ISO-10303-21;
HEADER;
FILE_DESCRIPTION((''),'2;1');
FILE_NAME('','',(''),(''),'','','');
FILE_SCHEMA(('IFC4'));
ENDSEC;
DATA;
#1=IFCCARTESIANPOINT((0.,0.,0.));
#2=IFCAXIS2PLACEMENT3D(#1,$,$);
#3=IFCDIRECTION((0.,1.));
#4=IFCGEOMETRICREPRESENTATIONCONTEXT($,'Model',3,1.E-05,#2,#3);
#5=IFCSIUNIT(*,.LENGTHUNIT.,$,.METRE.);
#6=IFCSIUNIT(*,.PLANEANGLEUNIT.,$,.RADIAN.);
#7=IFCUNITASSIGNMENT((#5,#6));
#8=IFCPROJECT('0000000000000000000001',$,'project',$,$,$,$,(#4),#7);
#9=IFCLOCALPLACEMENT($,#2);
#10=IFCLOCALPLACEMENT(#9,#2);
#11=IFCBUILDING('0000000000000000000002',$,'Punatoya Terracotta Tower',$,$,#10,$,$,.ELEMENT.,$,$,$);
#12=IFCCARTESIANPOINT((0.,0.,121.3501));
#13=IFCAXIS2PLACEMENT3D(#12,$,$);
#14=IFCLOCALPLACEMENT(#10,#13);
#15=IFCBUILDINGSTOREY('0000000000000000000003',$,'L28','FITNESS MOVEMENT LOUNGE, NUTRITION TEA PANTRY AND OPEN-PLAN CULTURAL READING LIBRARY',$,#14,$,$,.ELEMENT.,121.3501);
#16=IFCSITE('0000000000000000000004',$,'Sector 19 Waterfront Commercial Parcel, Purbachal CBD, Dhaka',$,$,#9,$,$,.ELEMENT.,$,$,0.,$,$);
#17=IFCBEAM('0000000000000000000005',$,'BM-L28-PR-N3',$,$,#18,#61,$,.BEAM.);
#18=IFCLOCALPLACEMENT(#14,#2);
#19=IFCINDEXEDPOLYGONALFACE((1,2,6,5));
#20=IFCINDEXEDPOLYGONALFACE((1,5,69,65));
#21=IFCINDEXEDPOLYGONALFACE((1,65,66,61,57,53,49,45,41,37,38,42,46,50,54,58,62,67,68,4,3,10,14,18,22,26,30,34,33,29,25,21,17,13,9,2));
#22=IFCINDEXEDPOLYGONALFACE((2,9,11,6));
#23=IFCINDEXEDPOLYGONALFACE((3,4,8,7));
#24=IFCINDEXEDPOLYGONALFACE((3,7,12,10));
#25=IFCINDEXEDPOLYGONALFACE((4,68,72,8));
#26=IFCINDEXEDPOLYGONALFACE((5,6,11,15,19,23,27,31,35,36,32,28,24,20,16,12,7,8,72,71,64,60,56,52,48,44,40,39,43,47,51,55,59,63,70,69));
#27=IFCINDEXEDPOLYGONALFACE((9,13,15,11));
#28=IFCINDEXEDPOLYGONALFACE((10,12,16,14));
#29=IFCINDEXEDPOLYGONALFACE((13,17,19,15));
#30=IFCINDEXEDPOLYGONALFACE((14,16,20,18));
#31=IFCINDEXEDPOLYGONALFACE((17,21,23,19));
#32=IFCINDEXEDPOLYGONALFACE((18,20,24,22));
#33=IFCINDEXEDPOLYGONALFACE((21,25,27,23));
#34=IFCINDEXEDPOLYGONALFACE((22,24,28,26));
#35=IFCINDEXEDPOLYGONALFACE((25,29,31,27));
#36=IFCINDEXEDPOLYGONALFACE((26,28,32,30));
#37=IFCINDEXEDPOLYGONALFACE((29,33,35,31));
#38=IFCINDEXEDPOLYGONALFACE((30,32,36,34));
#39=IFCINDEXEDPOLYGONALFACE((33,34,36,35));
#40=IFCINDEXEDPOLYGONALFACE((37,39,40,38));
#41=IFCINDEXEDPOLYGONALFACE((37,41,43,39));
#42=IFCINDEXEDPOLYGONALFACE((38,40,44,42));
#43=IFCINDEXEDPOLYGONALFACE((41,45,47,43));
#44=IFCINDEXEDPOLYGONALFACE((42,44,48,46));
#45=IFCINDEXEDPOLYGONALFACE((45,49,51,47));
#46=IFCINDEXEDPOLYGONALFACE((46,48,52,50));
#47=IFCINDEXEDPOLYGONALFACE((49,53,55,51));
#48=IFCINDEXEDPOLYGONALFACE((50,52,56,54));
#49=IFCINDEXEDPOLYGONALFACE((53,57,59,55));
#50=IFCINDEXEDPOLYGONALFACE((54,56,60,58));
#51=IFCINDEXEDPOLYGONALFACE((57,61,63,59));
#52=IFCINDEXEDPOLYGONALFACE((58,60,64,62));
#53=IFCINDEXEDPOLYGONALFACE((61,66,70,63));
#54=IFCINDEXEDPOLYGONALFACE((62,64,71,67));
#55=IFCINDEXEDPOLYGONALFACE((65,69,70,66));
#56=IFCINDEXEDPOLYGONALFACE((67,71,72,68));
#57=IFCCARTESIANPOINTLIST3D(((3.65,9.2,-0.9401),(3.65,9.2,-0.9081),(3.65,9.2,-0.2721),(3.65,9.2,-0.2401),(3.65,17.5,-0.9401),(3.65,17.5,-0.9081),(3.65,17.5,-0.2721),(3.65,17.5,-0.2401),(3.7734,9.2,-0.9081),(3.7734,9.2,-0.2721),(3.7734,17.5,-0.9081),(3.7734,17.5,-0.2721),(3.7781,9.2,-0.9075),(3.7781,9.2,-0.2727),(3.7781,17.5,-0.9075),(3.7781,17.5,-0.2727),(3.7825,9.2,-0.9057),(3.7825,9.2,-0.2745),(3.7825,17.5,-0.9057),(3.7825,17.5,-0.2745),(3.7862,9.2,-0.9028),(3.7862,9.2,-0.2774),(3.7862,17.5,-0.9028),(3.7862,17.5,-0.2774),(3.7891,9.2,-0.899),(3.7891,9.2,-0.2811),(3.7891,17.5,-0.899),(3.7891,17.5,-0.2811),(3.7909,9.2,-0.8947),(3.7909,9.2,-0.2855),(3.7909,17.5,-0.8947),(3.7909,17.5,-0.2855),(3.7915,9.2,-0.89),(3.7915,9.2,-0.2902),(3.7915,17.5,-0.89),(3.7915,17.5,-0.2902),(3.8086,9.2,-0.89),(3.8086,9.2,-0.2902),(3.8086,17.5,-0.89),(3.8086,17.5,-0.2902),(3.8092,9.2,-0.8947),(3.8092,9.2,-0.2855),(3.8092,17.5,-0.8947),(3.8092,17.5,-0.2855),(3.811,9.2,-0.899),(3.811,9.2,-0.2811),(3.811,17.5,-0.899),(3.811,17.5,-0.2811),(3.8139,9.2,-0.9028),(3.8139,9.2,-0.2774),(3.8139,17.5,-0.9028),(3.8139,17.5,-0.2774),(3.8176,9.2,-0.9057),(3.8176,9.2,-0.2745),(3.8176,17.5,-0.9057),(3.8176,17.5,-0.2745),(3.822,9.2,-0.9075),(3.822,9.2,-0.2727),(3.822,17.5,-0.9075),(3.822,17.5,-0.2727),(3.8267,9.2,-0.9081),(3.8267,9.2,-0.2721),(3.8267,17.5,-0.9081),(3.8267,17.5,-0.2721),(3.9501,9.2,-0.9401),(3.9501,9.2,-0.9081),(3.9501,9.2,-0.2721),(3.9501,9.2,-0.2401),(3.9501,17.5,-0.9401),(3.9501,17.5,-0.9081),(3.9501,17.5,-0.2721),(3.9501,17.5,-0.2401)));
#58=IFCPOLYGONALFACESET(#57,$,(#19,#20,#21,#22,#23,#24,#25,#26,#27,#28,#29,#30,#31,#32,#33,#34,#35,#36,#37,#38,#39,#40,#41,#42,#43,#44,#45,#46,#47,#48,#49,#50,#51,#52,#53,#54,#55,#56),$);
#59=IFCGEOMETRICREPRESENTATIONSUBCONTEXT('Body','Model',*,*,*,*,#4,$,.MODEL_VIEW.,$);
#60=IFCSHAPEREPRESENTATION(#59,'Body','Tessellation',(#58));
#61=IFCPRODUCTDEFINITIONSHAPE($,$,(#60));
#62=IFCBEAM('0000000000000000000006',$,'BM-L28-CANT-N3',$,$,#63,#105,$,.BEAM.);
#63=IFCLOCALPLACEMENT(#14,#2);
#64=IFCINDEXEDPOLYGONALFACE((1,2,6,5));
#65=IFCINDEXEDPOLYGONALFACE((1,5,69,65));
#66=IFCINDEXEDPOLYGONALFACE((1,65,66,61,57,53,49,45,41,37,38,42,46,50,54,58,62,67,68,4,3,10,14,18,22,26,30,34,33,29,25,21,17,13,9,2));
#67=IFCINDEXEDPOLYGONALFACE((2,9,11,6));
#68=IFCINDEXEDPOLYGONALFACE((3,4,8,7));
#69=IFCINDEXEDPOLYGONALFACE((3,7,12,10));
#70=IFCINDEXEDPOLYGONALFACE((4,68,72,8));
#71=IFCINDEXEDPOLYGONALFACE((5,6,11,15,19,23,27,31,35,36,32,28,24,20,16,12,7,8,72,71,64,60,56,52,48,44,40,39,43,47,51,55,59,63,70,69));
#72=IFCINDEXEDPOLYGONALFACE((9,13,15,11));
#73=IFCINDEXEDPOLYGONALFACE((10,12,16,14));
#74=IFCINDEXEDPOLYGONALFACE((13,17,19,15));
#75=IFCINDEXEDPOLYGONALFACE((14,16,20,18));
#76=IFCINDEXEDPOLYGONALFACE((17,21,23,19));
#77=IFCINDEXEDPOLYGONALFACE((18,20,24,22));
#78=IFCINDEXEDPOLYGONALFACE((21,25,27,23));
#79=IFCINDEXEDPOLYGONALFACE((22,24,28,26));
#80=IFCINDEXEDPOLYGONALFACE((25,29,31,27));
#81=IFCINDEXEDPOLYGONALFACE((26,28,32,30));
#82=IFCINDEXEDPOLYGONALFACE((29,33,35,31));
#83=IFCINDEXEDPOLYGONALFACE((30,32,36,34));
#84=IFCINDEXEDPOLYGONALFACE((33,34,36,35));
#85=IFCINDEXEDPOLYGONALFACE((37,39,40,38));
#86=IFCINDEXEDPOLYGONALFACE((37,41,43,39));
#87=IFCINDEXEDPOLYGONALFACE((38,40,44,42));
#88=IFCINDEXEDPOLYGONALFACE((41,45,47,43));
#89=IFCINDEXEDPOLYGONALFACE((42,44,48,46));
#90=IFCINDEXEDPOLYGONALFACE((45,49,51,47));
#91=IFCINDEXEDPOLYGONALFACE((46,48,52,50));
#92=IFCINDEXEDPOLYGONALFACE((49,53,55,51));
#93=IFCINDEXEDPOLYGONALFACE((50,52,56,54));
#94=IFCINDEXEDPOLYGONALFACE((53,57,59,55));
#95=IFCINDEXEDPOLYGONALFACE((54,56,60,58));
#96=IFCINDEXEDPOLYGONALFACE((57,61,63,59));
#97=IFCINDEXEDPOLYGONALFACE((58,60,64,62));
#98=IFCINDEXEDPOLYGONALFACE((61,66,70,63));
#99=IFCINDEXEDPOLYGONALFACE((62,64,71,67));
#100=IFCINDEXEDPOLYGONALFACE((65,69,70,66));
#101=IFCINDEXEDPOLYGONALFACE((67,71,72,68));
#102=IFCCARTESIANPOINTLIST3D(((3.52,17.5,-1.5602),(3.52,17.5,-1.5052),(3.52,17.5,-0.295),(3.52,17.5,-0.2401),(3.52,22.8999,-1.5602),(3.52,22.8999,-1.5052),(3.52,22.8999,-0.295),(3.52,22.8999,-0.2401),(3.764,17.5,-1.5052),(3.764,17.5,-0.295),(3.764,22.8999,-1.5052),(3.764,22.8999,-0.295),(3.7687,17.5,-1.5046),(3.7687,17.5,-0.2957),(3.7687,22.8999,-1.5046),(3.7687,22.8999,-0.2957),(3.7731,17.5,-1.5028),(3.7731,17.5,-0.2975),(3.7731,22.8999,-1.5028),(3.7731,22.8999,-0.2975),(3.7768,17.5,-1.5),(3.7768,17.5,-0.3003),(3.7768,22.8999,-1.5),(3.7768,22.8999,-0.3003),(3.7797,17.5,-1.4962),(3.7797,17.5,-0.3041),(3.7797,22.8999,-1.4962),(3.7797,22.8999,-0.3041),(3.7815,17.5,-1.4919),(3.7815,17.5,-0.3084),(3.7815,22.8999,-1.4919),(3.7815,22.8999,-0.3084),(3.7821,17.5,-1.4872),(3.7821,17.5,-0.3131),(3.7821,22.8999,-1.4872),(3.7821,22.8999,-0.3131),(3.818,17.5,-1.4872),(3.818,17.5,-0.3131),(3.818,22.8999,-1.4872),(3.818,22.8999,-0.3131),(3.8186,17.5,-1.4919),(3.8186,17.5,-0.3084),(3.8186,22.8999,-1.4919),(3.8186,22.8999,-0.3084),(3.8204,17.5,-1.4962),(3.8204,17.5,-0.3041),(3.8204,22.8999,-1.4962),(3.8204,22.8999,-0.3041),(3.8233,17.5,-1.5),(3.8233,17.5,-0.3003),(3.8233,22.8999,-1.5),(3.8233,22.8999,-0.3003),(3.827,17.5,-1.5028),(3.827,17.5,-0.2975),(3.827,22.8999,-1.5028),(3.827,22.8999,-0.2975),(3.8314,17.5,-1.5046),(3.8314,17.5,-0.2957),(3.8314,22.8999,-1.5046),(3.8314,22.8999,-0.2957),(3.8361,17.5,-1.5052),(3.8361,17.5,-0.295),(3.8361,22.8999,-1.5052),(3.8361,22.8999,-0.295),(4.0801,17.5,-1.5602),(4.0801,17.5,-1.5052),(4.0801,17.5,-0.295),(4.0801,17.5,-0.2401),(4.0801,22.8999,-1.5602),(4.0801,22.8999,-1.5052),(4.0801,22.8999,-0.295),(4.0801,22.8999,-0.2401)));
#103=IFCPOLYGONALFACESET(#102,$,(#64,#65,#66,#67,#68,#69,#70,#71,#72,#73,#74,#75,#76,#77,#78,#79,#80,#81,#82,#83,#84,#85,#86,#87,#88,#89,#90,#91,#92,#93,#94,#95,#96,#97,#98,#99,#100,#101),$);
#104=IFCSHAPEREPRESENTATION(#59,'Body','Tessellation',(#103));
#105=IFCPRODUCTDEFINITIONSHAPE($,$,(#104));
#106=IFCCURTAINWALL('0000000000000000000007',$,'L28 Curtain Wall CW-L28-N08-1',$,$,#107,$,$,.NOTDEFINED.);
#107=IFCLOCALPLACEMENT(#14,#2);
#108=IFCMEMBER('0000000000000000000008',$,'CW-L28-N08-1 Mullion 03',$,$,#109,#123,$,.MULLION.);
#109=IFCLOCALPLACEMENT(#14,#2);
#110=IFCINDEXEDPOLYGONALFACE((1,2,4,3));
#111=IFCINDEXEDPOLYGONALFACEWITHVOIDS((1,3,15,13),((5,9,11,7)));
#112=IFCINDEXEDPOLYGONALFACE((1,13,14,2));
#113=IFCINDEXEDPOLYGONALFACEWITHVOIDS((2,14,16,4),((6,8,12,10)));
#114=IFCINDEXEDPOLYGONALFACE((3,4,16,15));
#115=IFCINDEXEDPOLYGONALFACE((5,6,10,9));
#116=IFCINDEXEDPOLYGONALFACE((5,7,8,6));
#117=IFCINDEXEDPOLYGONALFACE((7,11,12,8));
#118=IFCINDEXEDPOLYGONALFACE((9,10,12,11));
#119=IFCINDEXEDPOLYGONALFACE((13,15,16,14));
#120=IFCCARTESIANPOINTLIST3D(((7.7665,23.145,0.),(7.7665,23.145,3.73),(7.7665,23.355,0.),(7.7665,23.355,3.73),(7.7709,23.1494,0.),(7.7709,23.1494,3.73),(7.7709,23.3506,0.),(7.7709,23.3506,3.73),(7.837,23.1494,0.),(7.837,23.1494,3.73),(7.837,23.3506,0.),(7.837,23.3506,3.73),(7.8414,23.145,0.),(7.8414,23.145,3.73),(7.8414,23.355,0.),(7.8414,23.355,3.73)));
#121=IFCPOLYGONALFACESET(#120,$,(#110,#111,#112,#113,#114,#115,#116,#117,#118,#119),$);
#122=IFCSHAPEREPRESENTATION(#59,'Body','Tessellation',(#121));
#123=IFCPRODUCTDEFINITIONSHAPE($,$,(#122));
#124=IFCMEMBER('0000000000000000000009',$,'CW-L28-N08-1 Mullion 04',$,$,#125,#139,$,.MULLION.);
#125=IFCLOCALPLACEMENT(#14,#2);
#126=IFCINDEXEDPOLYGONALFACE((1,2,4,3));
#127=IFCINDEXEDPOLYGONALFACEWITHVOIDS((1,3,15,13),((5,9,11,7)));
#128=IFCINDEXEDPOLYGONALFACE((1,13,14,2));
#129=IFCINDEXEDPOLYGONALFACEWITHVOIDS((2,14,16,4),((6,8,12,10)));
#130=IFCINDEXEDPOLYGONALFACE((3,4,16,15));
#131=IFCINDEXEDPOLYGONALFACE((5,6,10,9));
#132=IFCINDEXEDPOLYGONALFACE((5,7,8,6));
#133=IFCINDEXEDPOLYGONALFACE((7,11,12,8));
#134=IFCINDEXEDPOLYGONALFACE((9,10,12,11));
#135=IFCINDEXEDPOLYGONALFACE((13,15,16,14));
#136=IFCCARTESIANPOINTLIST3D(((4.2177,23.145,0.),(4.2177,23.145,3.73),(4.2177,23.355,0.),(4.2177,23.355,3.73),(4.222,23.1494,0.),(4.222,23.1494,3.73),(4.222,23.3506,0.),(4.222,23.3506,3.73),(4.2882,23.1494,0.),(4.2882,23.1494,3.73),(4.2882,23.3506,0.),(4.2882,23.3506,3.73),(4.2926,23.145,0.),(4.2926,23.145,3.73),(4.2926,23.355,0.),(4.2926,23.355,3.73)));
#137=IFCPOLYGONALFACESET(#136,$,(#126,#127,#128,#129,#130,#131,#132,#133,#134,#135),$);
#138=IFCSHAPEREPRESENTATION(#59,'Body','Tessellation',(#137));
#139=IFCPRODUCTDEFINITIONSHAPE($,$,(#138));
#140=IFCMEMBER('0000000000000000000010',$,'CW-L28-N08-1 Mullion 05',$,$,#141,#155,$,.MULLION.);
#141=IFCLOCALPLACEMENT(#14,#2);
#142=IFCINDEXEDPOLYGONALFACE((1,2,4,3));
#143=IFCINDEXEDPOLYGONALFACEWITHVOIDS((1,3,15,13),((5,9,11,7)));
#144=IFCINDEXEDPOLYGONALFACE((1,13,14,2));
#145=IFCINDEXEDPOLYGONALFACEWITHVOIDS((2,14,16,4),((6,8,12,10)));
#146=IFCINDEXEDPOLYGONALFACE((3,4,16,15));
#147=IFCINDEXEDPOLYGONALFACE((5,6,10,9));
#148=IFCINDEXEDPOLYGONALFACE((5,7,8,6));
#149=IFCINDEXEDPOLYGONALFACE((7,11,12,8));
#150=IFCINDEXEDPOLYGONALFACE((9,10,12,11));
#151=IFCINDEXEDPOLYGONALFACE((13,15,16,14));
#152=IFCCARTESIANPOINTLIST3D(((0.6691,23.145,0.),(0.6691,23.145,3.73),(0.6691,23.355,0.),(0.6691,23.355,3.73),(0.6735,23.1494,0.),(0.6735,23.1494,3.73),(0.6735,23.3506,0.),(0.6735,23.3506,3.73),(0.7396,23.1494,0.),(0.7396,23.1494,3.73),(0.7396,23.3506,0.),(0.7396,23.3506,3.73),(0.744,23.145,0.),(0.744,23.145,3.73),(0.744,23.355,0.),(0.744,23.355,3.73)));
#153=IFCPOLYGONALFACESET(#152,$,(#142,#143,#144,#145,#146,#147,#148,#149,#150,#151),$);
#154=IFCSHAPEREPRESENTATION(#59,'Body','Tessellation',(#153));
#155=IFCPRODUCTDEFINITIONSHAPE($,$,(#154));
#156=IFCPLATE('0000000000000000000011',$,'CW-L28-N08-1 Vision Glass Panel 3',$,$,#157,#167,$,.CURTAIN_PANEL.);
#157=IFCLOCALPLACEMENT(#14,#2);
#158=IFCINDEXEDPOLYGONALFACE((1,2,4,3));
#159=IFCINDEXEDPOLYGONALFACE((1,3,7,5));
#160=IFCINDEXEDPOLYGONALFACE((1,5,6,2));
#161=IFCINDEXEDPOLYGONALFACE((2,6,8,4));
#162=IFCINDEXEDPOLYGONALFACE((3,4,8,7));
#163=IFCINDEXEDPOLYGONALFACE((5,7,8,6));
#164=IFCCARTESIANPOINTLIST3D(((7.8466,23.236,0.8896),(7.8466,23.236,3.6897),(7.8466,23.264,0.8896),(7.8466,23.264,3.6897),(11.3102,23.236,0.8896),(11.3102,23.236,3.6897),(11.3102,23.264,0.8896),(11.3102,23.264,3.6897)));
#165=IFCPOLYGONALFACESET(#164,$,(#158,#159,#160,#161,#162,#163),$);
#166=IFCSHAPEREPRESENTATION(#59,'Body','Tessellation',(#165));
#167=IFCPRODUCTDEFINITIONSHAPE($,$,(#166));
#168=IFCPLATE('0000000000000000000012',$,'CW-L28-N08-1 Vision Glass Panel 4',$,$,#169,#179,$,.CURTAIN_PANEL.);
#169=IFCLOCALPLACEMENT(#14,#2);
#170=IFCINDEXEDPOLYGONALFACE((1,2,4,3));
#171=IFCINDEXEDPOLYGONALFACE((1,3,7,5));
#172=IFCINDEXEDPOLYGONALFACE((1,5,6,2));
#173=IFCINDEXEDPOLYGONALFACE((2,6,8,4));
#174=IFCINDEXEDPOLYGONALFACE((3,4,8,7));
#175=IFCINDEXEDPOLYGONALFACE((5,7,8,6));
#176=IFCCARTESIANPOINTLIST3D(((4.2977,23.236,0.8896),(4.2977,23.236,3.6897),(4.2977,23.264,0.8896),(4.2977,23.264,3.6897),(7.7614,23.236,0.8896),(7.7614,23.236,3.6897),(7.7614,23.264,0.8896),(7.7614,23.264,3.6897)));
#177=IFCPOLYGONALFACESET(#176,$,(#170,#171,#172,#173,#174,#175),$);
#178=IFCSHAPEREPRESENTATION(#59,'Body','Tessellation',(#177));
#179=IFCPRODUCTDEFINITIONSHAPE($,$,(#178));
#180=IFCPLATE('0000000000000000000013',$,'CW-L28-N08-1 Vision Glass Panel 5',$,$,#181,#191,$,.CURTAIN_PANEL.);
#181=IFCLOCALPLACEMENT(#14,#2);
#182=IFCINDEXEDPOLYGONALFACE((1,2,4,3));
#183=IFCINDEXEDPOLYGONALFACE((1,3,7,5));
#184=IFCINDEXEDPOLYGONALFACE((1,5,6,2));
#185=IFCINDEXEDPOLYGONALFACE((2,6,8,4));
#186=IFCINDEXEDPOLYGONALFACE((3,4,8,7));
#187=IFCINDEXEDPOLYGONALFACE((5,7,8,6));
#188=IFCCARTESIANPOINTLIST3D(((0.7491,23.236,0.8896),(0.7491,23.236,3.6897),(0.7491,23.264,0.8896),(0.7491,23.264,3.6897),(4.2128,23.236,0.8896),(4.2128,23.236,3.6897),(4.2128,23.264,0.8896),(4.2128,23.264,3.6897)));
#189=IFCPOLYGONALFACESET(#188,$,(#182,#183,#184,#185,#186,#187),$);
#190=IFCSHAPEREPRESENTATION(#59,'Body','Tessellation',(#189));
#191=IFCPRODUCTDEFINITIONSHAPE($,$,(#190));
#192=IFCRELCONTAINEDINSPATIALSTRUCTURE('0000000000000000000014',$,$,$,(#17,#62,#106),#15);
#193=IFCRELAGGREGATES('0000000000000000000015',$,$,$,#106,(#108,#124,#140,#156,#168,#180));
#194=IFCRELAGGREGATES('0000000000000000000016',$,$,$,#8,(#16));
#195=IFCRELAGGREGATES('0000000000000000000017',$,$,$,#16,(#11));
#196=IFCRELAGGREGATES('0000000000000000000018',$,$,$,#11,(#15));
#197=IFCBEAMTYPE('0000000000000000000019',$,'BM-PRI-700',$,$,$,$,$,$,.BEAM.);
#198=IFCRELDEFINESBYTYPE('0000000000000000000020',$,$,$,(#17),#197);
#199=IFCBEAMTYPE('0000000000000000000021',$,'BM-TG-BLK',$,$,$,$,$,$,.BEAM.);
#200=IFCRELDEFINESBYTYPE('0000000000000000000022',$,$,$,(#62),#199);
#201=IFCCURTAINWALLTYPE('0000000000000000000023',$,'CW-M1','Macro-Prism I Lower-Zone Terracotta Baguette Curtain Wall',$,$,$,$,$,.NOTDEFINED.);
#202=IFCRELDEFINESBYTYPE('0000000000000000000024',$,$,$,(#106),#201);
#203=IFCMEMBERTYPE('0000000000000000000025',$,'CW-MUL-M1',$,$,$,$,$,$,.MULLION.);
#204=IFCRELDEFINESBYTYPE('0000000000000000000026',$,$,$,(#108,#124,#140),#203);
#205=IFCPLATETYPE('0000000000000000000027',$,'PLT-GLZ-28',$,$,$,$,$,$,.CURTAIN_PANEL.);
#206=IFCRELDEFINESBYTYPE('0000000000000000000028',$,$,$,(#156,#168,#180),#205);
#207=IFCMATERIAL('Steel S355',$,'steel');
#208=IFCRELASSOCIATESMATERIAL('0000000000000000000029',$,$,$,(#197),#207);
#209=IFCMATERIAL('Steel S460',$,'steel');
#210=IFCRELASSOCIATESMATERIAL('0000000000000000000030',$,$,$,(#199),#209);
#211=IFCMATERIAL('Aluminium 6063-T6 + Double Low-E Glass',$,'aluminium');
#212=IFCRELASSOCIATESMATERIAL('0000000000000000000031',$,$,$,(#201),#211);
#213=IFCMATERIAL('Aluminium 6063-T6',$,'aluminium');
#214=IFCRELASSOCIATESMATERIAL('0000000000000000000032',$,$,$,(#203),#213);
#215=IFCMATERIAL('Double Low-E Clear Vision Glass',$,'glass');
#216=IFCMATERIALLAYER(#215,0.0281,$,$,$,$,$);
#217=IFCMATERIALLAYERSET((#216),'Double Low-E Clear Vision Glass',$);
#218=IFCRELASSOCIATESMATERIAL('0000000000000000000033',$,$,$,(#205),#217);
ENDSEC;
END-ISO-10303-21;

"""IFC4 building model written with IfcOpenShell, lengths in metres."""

from ifc_helpers import new_model, si_unit, direction, frame, origin, origin_2d, place, context, subcontext, project, spatial, rectangle, hollow_rectangle, i_section, extrude, material, layer, layer_set, material_profile, profile_set, type_object, element, aggregate, save


model = new_model("IFC4")

# Units and contexts
model_context = context("Model", 3, precision=1e-05, world=origin(), true_north=direction((0.0, 1.0)))
body_context = subcontext(model_context, "Body", "Model", "MODEL_VIEW")
ifc_project = project(units=[si_unit("LENGTHUNIT", "METRE"), si_unit("PLANEANGLEUNIT", "RADIAN")], contexts=[model_context])

# Site, building, storey
site_placement = place(None, origin())
site = spatial("IfcSite", under=ifc_project, at=site_placement, Name="Sector 19 Waterfront Commercial Parcel, Purbachal CBD, Dhaka", CompositionType="ELEMENT", RefElevation=0.0)
building_placement = place(site_placement, origin())
building = spatial("IfcBuilding", under=site, at=building_placement, Name="Punatoya Terracotta Tower", CompositionType="ELEMENT")
storey_placement = place(building_placement, frame((0.0, 0.0, 121.3501)))
storey = spatial("IfcBuildingStorey", under=building, at=storey_placement, Name="L28", Description="FITNESS MOVEMENT LOUNGE, NUTRITION TEA PANTRY AND OPEN-PLAN CULTURAL READING LIBRARY", CompositionType="ELEMENT", Elevation=121.3501)

# Shared definitions
ifc_material_1 = material(Name="Steel S460", Category="steel")

# Beams
ifc_material_2 = material(Name="Steel S355", Category="steel")
ifc_material_profile_1 = material_profile(ifc_material_2, i_section(OverallWidth=0.3, OverallDepth=0.7, WebThickness=0.0171, FlangeThickness=0.032, FilletRadius=0.0181, at=origin_2d()))
ifc_profile_set_1 = profile_set([ifc_material_profile_1], Name="Steel S355")
beam_type_1 = type_object("IfcBeamType", Name="BM-PRI-700", PredefinedType="BEAM", material=ifc_profile_set_1)
beam_1_placement = place(storey_placement, frame((3.8, 9.2, -0.5901), z_axis=(0.0, 1.0, 0.0), x_axis=(-1.0, 0.0, 0.0)))
element("IfcBeam", 1, at=beam_1_placement, inside=storey, type_object=beam_type_1, Name="BM-L28-PR-N3", PredefinedType="BEAM", context=body_context, shape_type="SweptSolid", body=[
    extrude(i_section(OverallWidth=0.3, OverallDepth=0.7, WebThickness=0.0171, FlangeThickness=0.032, FilletRadius=0.0181, at=origin_2d()), origin(), (0.0, 0.0, 1.0), 8.3),
])
ifc_material_profile_2 = material_profile(ifc_material_1, i_section(OverallWidth=0.5601, OverallDepth=1.3201, WebThickness=0.0359, FlangeThickness=0.0549, FilletRadius=0.0181, at=origin_2d()))
ifc_profile_set_2 = profile_set([ifc_material_profile_2], Name="Steel S460")
beam_type_2 = type_object("IfcBeamType", Name="BM-TG-BLK", PredefinedType="BEAM", material=ifc_profile_set_2)
beam_2_placement = place(storey_placement, frame((3.8, 17.5, -0.9001), z_axis=(0.0, 1.0, 0.0), x_axis=(-1.0, 0.0, 0.0)))
element("IfcBeam", 2, at=beam_2_placement, inside=storey, type_object=beam_type_2, Name="BM-L28-CANT-N3", PredefinedType="BEAM", context=body_context, shape_type="SweptSolid", body=[
    extrude(i_section(OverallWidth=0.5601, OverallDepth=1.3201, WebThickness=0.0359, FlangeThickness=0.0549, FilletRadius=0.0181, at=origin_2d()), origin(), (0.0, 0.0, 1.0), 5.3999),
])

# Curtain wall, members, plates
ifc_material_3 = material(Name="Aluminium 6063-T6 + Double Low-E Glass", Category="aluminium")
curtain_wall_type = type_object("IfcCurtainWallType", Name="CW-M1", Description="Macro-Prism I Lower-Zone Terracotta Baguette Curtain Wall", PredefinedType="NOTDEFINED", material=ifc_material_3)
curtain_wall_placement = place(storey_placement, origin())
curtain_wall = element("IfcCurtainWall", 3, at=curtain_wall_placement, inside=storey, type_object=curtain_wall_type, Name="L28 Curtain Wall CW-L28-N08-1", PredefinedType="NOTDEFINED")
ifc_material_4 = material(Name="Aluminium 6063-T6", Category="aluminium")
ifc_material_profile_3 = material_profile(ifc_material_4, hollow_rectangle(XDim=0.075, YDim=0.21, WallThickness=0.0044, at=origin_2d()))
ifc_profile_set_3 = profile_set([ifc_material_profile_3], Name="Aluminium 6063-T6")
member_type = type_object("IfcMemberType", Name="CW-MUL-M1", PredefinedType="MULLION", material=ifc_profile_set_3)
member_1_placement = place(storey_placement, frame((7.804, 23.25, 0.0), z_axis=(0.0, 0.0, 1.0), x_axis=(1.0, 0.0, 0.0)))
member_1 = element("IfcMember", 4, at=member_1_placement, type_object=member_type, Name="CW-L28-N08-1 Mullion 03", PredefinedType="MULLION", context=body_context, shape_type="SweptSolid", body=[
    extrude(hollow_rectangle(XDim=0.075, YDim=0.21, WallThickness=0.0044, at=origin_2d()), origin(), (0.0, 0.0, 1.0), 3.73),
])
member_2_placement = place(storey_placement, frame((4.2551, 23.25, 0.0), z_axis=(0.0, 0.0, 1.0), x_axis=(1.0, 0.0, 0.0)))
member_2 = element("IfcMember", 5, at=member_2_placement, type_object=member_type, Name="CW-L28-N08-1 Mullion 04", PredefinedType="MULLION", context=body_context, shape_type="SweptSolid", body=[
    extrude(hollow_rectangle(XDim=0.075, YDim=0.21, WallThickness=0.0044, at=origin_2d()), origin(), (0.0, 0.0, 1.0), 3.73),
])
member_3_placement = place(storey_placement, frame((0.7065, 23.25, 0.0), z_axis=(0.0, 0.0, 1.0), x_axis=(1.0, 0.0, 0.0)))
member_3 = element("IfcMember", 6, at=member_3_placement, type_object=member_type, Name="CW-L28-N08-1 Mullion 05", PredefinedType="MULLION", context=body_context, shape_type="SweptSolid", body=[
    extrude(hollow_rectangle(XDim=0.075, YDim=0.21, WallThickness=0.0044, at=origin_2d()), origin(), (0.0, 0.0, 1.0), 3.73),
])
ifc_material_5 = material(Name="Double Low-E Clear Vision Glass", Category="glass")
ifc_layer_1 = layer(ifc_material_5, 0.0281)
ifc_layer_set_1 = layer_set([ifc_layer_1], Name="Double Low-E Clear Vision Glass")
plate_type_1 = type_object("IfcPlateType", Name="PLT-GLZ-28", PredefinedType="CURTAIN_PANEL", material=ifc_layer_set_1)
plate_1_placement = place(storey_placement, frame((9.5784, 23.25, 0.8896), z_axis=(0.0, 0.0, 1.0), x_axis=(-1.0, 0.0, 0.0)))
plate_1 = element("IfcPlate", 7, at=plate_1_placement, type_object=plate_type_1, Name="CW-L28-N08-1 Vision Glass Panel 3", PredefinedType="CURTAIN_PANEL", context=body_context, shape_type="SweptSolid", body=[
    extrude(rectangle(XDim=3.4636, YDim=0.0281, at=origin_2d()), origin(), (0.0, 0.0, 1.0), 2.8),
])
plate_2_placement = place(storey_placement, frame((6.0295, 23.25, 0.8896), z_axis=(0.0, 0.0, 1.0), x_axis=(-1.0, 0.0, 0.0)))
plate_2 = element("IfcPlate", 8, at=plate_2_placement, type_object=plate_type_1, Name="CW-L28-N08-1 Vision Glass Panel 4", PredefinedType="CURTAIN_PANEL", context=body_context, shape_type="SweptSolid", body=[
    extrude(rectangle(XDim=3.4636, YDim=0.0281, at=origin_2d()), origin(), (0.0, 0.0, 1.0), 2.8),
])
plate_3_placement = place(storey_placement, frame((2.481, 23.25, 0.8896), z_axis=(0.0, 0.0, 1.0), x_axis=(-1.0, 0.0, 0.0)))
plate_3 = element("IfcPlate", 9, at=plate_3_placement, type_object=plate_type_1, Name="CW-L28-N08-1 Vision Glass Panel 5", PredefinedType="CURTAIN_PANEL", context=body_context, shape_type="SweptSolid", body=[
    extrude(rectangle(XDim=3.4636, YDim=0.0281, at=origin_2d()), origin(), (0.0, 0.0, 1.0), 2.8),
])
aggregate(curtain_wall, [member_1, member_2, member_3, plate_1, plate_2, plate_3])

save(model, "model.ifc")
